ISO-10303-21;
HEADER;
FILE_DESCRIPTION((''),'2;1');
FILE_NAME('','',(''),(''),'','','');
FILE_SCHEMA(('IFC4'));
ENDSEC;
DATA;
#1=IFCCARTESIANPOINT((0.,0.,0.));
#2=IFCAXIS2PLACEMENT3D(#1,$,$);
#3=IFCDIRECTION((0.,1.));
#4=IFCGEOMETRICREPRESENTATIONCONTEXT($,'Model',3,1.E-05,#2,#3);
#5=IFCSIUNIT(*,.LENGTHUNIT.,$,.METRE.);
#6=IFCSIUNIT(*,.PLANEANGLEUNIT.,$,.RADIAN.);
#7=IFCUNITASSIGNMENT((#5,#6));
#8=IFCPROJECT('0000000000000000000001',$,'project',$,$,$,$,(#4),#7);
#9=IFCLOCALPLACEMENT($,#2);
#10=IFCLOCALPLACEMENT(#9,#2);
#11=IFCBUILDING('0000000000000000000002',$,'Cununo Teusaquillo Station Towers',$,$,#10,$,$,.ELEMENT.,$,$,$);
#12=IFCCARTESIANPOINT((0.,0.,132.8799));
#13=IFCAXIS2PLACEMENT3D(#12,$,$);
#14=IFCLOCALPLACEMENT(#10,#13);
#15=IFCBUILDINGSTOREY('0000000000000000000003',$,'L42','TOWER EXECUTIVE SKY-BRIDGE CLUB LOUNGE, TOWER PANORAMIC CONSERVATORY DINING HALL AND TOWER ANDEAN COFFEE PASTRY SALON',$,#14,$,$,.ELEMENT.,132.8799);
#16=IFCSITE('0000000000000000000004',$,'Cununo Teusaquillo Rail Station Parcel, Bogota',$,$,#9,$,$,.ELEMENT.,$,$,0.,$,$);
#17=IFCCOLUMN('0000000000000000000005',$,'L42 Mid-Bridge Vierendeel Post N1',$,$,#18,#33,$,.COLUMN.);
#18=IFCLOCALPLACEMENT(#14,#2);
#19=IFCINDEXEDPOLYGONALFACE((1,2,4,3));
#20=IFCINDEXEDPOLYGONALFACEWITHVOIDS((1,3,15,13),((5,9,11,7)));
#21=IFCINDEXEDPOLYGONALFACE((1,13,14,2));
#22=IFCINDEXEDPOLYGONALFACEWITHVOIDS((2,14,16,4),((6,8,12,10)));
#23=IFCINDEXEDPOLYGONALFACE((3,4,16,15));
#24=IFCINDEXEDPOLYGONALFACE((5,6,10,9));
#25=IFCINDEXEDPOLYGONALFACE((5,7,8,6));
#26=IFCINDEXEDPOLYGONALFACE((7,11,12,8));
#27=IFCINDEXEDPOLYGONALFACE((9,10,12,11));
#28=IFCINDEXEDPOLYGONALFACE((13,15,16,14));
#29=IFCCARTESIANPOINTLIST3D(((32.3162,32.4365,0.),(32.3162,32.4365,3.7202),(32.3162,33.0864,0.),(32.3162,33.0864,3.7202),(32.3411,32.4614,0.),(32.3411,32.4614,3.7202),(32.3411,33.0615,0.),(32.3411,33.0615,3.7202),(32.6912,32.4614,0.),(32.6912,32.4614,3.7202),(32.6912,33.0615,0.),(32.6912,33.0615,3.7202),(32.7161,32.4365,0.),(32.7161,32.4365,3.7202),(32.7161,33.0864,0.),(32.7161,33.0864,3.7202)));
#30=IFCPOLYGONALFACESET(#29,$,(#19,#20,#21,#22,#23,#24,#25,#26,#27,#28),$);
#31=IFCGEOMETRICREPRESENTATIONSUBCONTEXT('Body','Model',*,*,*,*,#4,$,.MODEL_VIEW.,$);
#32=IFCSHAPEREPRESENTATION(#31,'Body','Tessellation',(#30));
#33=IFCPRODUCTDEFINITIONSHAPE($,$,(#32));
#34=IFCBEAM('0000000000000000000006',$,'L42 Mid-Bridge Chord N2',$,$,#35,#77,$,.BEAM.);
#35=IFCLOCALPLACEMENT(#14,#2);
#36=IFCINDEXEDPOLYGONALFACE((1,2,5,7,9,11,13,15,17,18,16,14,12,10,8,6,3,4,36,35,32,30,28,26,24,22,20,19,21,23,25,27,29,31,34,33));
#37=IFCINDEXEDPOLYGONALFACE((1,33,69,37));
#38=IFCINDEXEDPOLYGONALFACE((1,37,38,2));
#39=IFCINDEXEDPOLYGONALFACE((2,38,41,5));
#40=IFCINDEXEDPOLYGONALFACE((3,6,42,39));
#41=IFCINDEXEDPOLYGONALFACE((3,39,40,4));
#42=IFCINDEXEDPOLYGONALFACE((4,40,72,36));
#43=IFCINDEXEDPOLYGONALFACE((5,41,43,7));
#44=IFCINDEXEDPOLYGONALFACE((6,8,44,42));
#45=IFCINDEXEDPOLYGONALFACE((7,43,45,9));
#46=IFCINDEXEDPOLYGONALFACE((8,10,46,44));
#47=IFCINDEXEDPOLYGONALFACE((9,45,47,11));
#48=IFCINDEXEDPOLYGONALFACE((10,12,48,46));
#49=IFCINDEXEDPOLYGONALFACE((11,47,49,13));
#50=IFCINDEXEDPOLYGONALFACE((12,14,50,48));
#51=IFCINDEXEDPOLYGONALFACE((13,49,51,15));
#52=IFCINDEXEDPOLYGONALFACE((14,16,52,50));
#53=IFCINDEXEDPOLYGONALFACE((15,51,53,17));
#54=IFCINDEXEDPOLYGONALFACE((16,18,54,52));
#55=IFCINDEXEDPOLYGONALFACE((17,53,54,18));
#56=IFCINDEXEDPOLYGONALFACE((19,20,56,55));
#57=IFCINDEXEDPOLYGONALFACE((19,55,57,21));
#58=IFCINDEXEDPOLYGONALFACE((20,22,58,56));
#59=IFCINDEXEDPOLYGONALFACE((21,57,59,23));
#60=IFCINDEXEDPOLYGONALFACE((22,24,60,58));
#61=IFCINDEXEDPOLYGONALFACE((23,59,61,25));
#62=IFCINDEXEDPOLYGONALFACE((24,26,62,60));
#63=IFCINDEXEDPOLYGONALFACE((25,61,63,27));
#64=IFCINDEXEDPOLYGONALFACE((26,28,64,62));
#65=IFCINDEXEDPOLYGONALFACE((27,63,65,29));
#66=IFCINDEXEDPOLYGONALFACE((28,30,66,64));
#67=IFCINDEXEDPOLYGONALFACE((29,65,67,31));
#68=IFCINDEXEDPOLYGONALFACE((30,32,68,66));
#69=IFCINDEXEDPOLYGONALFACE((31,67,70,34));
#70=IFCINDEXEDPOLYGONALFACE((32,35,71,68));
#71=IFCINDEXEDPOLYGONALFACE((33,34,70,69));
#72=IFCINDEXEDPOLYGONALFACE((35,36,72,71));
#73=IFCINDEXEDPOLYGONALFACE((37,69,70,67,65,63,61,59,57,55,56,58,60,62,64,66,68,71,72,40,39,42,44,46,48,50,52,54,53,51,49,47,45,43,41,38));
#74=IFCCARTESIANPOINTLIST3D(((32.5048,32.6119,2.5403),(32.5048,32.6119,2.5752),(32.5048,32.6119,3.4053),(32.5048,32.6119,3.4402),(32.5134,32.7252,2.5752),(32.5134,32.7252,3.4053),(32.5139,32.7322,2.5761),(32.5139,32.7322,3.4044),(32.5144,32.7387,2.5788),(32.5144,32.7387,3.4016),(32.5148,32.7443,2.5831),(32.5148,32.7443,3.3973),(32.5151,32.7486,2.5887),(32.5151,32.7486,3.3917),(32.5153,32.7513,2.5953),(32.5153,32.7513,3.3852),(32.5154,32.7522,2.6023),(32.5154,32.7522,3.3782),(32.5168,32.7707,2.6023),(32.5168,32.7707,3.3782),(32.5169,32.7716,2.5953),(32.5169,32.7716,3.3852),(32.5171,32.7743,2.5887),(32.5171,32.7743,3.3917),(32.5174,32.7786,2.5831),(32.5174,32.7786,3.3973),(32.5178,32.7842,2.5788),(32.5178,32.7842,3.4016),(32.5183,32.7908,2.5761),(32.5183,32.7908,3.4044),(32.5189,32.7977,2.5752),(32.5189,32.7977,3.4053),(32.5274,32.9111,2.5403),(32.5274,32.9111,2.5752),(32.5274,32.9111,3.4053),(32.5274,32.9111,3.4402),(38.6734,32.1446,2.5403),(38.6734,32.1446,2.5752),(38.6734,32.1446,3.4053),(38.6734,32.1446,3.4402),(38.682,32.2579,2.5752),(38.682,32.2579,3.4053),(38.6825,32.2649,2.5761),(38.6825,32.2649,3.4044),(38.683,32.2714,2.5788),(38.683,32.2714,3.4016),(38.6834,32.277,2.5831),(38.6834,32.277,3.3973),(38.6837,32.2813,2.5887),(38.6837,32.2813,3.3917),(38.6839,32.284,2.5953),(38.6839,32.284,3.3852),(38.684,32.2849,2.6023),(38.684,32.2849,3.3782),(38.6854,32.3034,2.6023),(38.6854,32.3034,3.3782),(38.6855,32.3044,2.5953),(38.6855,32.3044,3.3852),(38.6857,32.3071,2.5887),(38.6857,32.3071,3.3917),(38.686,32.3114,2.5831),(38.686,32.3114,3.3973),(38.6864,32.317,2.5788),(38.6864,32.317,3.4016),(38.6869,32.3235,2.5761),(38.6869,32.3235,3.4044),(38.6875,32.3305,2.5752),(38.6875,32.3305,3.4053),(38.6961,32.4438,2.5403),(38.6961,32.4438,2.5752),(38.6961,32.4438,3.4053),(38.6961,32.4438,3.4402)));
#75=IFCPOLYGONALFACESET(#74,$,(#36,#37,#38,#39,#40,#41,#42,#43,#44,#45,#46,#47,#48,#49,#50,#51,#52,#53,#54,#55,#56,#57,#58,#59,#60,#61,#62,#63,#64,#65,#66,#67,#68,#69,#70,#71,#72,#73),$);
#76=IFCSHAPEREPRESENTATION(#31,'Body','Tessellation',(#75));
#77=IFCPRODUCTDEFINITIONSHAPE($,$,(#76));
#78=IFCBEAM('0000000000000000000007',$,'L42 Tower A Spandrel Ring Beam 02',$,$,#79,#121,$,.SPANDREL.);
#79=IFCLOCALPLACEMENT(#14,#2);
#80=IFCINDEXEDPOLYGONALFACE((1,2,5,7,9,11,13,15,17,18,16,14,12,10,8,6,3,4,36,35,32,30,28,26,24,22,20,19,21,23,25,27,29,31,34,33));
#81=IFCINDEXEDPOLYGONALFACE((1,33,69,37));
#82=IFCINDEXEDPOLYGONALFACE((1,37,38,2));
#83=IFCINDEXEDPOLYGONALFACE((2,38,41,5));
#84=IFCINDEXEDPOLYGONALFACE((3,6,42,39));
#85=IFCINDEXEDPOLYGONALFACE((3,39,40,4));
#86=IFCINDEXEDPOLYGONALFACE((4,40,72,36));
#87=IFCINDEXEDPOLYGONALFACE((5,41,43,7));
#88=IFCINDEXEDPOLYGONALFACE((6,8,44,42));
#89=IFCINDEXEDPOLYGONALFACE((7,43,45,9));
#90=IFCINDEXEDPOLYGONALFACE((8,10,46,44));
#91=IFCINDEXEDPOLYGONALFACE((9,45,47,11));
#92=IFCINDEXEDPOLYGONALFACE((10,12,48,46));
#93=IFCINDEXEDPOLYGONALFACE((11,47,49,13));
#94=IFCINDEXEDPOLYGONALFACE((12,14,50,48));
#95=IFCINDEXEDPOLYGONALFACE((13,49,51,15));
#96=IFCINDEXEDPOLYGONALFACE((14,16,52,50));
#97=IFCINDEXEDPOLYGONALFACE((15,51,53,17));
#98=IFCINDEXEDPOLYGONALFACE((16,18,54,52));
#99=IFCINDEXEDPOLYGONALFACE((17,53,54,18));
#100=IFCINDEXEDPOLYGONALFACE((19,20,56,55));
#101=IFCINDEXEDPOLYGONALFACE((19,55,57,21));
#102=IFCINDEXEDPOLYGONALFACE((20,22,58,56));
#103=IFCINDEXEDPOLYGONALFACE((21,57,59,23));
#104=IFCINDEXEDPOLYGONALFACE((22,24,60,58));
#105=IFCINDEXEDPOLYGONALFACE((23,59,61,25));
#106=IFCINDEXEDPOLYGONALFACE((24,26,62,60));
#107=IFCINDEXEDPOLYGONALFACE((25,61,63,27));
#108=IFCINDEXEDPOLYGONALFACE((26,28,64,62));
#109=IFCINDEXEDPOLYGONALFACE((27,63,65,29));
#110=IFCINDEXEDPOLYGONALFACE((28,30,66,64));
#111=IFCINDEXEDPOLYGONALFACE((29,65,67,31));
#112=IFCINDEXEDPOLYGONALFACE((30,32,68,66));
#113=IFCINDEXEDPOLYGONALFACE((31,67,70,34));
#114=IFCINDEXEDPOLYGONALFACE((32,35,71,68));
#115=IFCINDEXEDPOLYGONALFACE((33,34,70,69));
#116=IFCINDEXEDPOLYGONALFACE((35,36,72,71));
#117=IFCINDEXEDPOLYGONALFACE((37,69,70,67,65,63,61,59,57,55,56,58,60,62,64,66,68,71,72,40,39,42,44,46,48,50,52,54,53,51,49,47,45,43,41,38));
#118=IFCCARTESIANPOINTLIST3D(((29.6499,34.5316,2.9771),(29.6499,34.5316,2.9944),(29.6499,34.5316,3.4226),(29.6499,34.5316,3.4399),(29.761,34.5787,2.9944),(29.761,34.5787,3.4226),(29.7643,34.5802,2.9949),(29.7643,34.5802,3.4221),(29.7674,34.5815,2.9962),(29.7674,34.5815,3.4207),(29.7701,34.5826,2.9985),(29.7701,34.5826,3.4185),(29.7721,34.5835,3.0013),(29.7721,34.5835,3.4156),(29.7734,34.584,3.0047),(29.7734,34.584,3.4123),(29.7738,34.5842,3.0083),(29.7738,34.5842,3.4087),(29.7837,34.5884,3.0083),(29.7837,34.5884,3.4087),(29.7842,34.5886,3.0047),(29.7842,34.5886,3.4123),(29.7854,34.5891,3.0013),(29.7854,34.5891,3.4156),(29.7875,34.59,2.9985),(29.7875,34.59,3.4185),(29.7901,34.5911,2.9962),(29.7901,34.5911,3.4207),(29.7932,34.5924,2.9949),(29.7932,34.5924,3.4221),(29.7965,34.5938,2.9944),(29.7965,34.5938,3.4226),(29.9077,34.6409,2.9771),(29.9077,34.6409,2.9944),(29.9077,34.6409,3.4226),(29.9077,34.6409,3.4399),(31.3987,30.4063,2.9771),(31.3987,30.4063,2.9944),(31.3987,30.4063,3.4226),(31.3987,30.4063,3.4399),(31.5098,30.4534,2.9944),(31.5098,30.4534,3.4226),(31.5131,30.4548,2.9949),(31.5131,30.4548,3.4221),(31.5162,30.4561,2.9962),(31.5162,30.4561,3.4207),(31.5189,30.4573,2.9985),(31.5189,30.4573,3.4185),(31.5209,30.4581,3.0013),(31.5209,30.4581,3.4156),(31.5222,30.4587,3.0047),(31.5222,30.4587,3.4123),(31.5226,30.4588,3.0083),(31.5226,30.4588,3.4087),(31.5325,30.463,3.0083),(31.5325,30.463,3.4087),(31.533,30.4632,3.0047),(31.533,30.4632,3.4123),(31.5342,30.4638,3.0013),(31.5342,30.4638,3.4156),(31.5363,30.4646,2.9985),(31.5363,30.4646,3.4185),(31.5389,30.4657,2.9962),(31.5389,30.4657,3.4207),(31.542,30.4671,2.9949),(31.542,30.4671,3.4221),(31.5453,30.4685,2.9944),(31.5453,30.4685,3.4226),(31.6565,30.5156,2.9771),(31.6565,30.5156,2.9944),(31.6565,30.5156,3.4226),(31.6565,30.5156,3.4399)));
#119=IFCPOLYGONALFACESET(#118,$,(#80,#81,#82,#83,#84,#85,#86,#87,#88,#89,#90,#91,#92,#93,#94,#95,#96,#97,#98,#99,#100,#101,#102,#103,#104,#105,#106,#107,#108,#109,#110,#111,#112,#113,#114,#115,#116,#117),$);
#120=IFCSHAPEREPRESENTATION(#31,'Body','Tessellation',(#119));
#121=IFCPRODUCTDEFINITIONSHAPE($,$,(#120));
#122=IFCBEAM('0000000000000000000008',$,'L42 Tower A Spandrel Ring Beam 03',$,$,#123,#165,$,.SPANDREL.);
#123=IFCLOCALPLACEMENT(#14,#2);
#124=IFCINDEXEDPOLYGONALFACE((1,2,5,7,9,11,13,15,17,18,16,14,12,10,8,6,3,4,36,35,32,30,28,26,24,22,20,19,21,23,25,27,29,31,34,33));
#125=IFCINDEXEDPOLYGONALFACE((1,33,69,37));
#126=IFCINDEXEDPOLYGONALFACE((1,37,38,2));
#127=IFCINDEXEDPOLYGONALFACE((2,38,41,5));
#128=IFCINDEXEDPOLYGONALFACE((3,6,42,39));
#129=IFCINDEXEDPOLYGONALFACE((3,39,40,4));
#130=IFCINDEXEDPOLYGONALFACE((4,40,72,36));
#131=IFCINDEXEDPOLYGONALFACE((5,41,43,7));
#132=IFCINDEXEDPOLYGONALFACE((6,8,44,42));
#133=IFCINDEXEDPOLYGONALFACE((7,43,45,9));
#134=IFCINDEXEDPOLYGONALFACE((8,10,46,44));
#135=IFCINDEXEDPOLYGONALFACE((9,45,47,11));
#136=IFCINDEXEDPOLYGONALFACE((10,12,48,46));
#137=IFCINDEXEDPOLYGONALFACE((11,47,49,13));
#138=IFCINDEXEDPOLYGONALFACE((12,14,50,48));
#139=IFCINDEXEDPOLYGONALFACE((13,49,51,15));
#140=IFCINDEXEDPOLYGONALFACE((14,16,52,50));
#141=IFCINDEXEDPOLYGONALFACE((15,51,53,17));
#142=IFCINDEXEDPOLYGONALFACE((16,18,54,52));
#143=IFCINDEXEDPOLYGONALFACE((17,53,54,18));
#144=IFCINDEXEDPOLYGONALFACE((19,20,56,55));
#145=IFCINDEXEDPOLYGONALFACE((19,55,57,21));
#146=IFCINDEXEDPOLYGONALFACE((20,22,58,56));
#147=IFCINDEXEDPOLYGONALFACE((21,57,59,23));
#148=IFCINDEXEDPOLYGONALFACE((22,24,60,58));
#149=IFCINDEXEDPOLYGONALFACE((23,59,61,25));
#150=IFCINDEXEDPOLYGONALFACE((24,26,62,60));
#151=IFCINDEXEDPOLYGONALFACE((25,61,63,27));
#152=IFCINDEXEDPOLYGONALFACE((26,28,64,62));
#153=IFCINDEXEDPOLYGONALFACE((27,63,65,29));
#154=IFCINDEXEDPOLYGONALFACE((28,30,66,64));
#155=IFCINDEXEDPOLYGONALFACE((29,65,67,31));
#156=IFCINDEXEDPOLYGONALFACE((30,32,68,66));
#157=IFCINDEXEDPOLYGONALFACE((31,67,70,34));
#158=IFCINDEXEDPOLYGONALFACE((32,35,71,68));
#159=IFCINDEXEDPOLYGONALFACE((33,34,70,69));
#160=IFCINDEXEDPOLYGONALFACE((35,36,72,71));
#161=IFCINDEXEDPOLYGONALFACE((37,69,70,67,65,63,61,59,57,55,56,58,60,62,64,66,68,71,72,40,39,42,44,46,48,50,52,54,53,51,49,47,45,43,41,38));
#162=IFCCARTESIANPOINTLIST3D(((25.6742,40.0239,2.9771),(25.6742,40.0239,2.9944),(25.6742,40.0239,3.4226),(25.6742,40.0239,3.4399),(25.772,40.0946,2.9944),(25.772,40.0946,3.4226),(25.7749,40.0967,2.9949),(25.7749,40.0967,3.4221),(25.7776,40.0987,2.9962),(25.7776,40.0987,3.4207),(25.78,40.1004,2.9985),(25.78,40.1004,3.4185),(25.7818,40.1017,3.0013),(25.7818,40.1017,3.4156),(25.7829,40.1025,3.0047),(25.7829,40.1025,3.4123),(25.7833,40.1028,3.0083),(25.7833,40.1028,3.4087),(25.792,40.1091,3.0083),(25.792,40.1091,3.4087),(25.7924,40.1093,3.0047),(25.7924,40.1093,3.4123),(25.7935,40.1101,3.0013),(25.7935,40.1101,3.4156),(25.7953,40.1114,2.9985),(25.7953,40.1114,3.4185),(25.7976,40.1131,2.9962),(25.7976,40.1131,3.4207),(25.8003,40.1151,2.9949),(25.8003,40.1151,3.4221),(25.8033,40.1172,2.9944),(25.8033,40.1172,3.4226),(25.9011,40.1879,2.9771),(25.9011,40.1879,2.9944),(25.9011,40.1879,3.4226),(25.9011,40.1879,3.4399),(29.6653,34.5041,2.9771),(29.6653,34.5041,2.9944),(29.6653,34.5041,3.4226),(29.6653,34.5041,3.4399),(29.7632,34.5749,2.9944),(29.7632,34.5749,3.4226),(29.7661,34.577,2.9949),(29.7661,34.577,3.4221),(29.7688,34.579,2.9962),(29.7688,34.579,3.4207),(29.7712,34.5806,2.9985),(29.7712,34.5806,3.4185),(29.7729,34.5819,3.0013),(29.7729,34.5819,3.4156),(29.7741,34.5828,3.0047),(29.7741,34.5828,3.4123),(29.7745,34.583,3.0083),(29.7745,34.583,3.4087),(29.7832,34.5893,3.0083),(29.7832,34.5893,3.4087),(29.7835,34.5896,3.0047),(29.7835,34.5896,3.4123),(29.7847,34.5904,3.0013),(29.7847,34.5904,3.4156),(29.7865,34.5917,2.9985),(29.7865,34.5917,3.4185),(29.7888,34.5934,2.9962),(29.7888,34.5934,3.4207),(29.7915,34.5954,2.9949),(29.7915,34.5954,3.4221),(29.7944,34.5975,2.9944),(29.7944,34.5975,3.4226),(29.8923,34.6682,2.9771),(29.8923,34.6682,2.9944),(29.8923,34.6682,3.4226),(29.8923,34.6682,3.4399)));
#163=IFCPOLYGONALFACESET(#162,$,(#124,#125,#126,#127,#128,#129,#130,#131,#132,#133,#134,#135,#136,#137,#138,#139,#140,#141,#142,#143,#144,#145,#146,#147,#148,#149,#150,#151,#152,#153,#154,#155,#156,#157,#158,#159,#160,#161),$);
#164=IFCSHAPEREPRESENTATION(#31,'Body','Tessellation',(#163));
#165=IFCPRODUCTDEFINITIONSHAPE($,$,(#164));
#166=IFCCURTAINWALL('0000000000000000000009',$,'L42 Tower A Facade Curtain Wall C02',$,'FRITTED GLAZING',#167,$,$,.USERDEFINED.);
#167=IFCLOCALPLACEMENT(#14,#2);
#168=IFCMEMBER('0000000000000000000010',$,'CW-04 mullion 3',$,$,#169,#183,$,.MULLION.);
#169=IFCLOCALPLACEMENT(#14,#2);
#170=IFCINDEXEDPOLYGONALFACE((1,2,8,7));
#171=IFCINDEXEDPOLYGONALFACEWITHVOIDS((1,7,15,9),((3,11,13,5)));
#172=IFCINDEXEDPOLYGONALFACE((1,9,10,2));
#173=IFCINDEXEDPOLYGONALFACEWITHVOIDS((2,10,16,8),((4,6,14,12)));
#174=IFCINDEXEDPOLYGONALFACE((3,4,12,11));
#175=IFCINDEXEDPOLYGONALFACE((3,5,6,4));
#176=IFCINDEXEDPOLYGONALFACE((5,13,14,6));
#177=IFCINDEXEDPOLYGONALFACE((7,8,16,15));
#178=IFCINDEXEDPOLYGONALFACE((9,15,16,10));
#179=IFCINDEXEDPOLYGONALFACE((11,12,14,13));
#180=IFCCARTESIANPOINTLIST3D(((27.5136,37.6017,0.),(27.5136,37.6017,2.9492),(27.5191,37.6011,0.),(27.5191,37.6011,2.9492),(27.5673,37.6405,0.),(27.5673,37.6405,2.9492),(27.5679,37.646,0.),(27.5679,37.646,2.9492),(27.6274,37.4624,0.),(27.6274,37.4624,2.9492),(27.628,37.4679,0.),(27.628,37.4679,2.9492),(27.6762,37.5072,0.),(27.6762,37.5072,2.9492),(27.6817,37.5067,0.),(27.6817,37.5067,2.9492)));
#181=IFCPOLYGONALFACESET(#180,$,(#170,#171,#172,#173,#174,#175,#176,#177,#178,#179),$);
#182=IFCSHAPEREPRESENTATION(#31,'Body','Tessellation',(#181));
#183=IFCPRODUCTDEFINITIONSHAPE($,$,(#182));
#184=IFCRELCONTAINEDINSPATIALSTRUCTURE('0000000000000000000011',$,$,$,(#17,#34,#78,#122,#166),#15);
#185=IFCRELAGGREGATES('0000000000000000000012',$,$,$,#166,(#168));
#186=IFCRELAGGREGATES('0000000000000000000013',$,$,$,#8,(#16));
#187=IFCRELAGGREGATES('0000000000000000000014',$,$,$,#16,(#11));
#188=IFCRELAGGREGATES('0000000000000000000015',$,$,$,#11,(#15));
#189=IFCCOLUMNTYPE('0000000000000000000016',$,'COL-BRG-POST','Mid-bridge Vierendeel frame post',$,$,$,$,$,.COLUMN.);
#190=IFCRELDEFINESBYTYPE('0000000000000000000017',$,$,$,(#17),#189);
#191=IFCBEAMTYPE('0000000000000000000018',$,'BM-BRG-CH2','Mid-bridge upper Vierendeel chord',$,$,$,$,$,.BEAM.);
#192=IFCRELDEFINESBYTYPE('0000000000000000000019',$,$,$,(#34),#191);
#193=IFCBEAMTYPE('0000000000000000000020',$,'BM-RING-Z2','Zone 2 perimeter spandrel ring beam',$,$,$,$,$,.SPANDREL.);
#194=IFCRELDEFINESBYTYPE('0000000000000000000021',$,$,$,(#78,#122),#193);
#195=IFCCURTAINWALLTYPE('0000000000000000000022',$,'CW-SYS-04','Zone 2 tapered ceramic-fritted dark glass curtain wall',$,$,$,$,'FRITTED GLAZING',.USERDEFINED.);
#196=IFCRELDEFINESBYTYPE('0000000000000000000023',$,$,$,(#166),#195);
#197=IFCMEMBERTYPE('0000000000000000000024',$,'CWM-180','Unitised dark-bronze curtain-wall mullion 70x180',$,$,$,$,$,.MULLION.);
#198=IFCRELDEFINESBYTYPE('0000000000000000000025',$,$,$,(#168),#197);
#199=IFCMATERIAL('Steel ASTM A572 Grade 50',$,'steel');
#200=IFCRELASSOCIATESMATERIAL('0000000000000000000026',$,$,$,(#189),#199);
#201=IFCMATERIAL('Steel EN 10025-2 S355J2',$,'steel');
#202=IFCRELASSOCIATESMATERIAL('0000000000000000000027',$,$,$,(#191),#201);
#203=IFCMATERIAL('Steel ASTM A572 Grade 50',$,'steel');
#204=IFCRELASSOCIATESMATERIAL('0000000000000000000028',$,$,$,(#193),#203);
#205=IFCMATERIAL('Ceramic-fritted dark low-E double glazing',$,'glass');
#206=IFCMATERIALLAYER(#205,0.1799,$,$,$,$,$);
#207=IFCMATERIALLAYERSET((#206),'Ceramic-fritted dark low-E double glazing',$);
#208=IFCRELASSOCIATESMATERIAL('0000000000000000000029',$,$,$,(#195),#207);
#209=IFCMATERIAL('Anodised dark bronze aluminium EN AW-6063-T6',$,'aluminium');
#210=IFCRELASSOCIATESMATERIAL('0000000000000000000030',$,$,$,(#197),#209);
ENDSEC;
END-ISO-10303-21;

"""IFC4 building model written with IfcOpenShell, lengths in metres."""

from ifc_helpers import new_model, si_unit, direction, frame, origin, origin_2d, place, context, subcontext, project, spatial, hollow_rectangle, i_section, extrude, material, layer, layer_set, material_profile, profile_set, type_object, element, aggregate, save


model = new_model("IFC4")

# Units and contexts
model_context = context("Model", 3, precision=1e-05, world=origin(), true_north=direction((0.0, 1.0)))
body_context = subcontext(model_context, "Body", "Model", "MODEL_VIEW")
ifc_project = project(units=[si_unit("LENGTHUNIT", "METRE"), si_unit("PLANEANGLEUNIT", "RADIAN")], contexts=[model_context])

# Site, building, storey
site_placement = place(None, origin())
site = spatial("IfcSite", under=ifc_project, at=site_placement, Name="Cununo Teusaquillo Rail Station Parcel, Bogota", CompositionType="ELEMENT", RefElevation=0.0)
building_placement = place(site_placement, origin())
building = spatial("IfcBuilding", under=site, at=building_placement, Name="Cununo Teusaquillo Station Towers", CompositionType="ELEMENT")
storey_placement = place(building_placement, frame((0.0, 0.0, 132.8799)))
storey = spatial("IfcBuildingStorey", under=building, at=storey_placement, Name="L42", Description="TOWER EXECUTIVE SKY-BRIDGE CLUB LOUNGE, TOWER PANORAMIC CONSERVATORY DINING HALL AND TOWER ANDEAN COFFEE PASTRY SALON", CompositionType="ELEMENT", Elevation=132.8799)

# Column
ifc_material_1 = material(Name="Steel ASTM A572 Grade 50", Category="steel")
ifc_material_profile_1 = material_profile(ifc_material_1, hollow_rectangle(XDim=0.3999, YDim=0.6499, WallThickness=0.0249, at=origin_2d()), Name="RHS 650x400x25")
ifc_profile_set_1 = profile_set([ifc_material_profile_1], Name="Steel ASTM A572 Grade 50")
column_type = type_object("IfcColumnType", Name="COL-BRG-POST", Description="Mid-bridge Vierendeel frame post", PredefinedType="COLUMN", material=ifc_profile_set_1)
column_placement = place(storey_placement, frame((32.5161, 32.7615, 0.0), z_axis=(0.0, 0.0, 1.0), x_axis=(1.0, 0.0, 0.0)))
element("IfcColumn", 1, at=column_placement, inside=storey, type_object=column_type, Name="L42 Mid-Bridge Vierendeel Post N1", PredefinedType="COLUMN", context=body_context, shape_type="SweptSolid", body=[
    extrude(hollow_rectangle(XDim=0.3999, YDim=0.6499, WallThickness=0.0249, at=origin_2d()), origin(), (0.0, 0.0, 1.0), 3.7202),
])

# Beams
ifc_material_2 = material(Name="Steel EN 10025-2 S355J2", Category="steel")
ifc_material_profile_2 = material_profile(ifc_material_2, i_section(OverallWidth=0.3, OverallDepth=0.8999, WebThickness=0.0186, FlangeThickness=0.0349, FilletRadius=0.0271, at=origin_2d()), Name="HEB 900")
ifc_profile_set_2 = profile_set([ifc_material_profile_2], Name="Steel EN 10025-2 S355J2")
beam_type_1 = type_object("IfcBeamType", Name="BM-BRG-CH2", Description="Mid-bridge upper Vierendeel chord", PredefinedType="BEAM", material=ifc_profile_set_2)
beam_1_placement = place(storey_placement, frame((32.5161, 32.7615, 2.9902), z_axis=(0.997143, -0.075535, 0.0), x_axis=(0.075535, 0.997143, 0.0)))
element("IfcBeam", 2, at=beam_1_placement, inside=storey, type_object=beam_type_1, Name="L42 Mid-Bridge Chord N2", PredefinedType="BEAM", context=body_context, shape_type="SweptSolid", body=[
    extrude(i_section(OverallWidth=0.3, OverallDepth=0.8999, WebThickness=0.0186, FlangeThickness=0.0349, FilletRadius=0.0271, at=origin_2d()), origin(), (0.0, 0.0, 1.0), 6.1863),
])
ifc_material_3 = material(Name="Steel ASTM A572 Grade 50", Category="steel")
ifc_material_profile_3 = material_profile(ifc_material_3, i_section(OverallWidth=0.28, OverallDepth=0.4629, WebThickness=0.0107, FlangeThickness=0.0173, FilletRadius=0.0139, at=origin_2d()), Name="W18X76")
ifc_profile_set_3 = profile_set([ifc_material_profile_3], Name="Steel ASTM A572 Grade 50")
beam_type_2 = type_object("IfcBeamType", Name="BM-RING-Z2", Description="Zone 2 perimeter spandrel ring beam", PredefinedType="SPANDREL", material=ifc_profile_set_3)
beam_2_placement = place(storey_placement, frame((31.5276, 30.4609, 3.2085), z_axis=(-0.390299, 0.920688, 0.0), x_axis=(-0.920688, -0.390299, 0.0)))
element("IfcBeam", 3, at=beam_2_placement, inside=storey, type_object=beam_type_2, Name="L42 Tower A Spandrel Ring Beam 02", PredefinedType="SPANDREL", context=body_context, shape_type="SweptSolid", body=[
    extrude(i_section(OverallWidth=0.28, OverallDepth=0.4629, WebThickness=0.0107, FlangeThickness=0.0173, FilletRadius=0.0139, at=origin_2d()), origin(), (0.0, 0.0, 1.0), 4.4807),
])
beam_3_placement = place(storey_placement, frame((29.7788, 34.5862, 3.2085), z_axis=(-0.585945, 0.810351, 0.0), x_axis=(-0.810351, -0.585945, 0.0)))
element("IfcBeam", 4, at=beam_3_placement, inside=storey, type_object=beam_type_2, Name="L42 Tower A Spandrel Ring Beam 03", PredefinedType="SPANDREL", context=body_context, shape_type="SweptSolid", body=[
    extrude(i_section(OverallWidth=0.28, OverallDepth=0.4629, WebThickness=0.0107, FlangeThickness=0.0173, FilletRadius=0.0139, at=origin_2d()), origin(), (0.0, 0.0, 1.0), 6.8115),
])

# Curtain wall, member
ifc_material_4 = material(Name="Ceramic-fritted dark low-E double glazing", Category="glass")
ifc_layer_1 = layer(ifc_material_4, 0.1799)
ifc_layer_set_1 = layer_set([ifc_layer_1], Name="Ceramic-fritted dark low-E double glazing")
curtain_wall_type_1 = type_object("IfcCurtainWallType", Name="CW-SYS-04", Description="Zone 2 tapered ceramic-fritted dark glass curtain wall", ElementType="FRITTED GLAZING", PredefinedType="USERDEFINED", material=ifc_layer_set_1)
curtain_wall_1_placement = place(storey_placement, origin())
curtain_wall_1 = element("IfcCurtainWall", 5, at=curtain_wall_1_placement, inside=storey, type_object=curtain_wall_type_1, Name="L42 Tower A Facade Curtain Wall C02", ObjectType="FRITTED GLAZING", PredefinedType="USERDEFINED")
ifc_material_5 = material(Name="Anodised dark bronze aluminium EN AW-6063-T6", Category="aluminium")
ifc_material_profile_4 = material_profile(ifc_material_5, hollow_rectangle(XDim=0.0701, YDim=0.1799, WallThickness=0.0039, at=origin_2d()), Name="CW-MULL-70x180")
ifc_profile_set_4 = profile_set([ifc_material_profile_4], Name="Anodised dark bronze aluminium EN AW-6063-T6")
member_type_1 = type_object("IfcMemberType", Name="CWM-180", Description="Unitised dark-bronze curtain-wall mullion 70x180", PredefinedType="MULLION", material=ifc_profile_set_4)
member_1_placement = place(storey_placement, frame((27.5977, 37.5542, 0.0), z_axis=(0.0, 0.0, 1.0), x_axis=(0.774394, 0.632704, 0.0)))
member_1 = element("IfcMember", 6, at=member_1_placement, type_object=member_type_1, Name="CW-04 mullion 3", PredefinedType="MULLION", context=body_context, shape_type="SweptSolid", body=[
    extrude(hollow_rectangle(XDim=0.0701, YDim=0.1799, WallThickness=0.0039, at=origin_2d()), origin(), (0.0, 0.0, 1.0), 2.9492),
])

aggregate(curtain_wall_1, [member_1])

save(model, "model.ifc")
